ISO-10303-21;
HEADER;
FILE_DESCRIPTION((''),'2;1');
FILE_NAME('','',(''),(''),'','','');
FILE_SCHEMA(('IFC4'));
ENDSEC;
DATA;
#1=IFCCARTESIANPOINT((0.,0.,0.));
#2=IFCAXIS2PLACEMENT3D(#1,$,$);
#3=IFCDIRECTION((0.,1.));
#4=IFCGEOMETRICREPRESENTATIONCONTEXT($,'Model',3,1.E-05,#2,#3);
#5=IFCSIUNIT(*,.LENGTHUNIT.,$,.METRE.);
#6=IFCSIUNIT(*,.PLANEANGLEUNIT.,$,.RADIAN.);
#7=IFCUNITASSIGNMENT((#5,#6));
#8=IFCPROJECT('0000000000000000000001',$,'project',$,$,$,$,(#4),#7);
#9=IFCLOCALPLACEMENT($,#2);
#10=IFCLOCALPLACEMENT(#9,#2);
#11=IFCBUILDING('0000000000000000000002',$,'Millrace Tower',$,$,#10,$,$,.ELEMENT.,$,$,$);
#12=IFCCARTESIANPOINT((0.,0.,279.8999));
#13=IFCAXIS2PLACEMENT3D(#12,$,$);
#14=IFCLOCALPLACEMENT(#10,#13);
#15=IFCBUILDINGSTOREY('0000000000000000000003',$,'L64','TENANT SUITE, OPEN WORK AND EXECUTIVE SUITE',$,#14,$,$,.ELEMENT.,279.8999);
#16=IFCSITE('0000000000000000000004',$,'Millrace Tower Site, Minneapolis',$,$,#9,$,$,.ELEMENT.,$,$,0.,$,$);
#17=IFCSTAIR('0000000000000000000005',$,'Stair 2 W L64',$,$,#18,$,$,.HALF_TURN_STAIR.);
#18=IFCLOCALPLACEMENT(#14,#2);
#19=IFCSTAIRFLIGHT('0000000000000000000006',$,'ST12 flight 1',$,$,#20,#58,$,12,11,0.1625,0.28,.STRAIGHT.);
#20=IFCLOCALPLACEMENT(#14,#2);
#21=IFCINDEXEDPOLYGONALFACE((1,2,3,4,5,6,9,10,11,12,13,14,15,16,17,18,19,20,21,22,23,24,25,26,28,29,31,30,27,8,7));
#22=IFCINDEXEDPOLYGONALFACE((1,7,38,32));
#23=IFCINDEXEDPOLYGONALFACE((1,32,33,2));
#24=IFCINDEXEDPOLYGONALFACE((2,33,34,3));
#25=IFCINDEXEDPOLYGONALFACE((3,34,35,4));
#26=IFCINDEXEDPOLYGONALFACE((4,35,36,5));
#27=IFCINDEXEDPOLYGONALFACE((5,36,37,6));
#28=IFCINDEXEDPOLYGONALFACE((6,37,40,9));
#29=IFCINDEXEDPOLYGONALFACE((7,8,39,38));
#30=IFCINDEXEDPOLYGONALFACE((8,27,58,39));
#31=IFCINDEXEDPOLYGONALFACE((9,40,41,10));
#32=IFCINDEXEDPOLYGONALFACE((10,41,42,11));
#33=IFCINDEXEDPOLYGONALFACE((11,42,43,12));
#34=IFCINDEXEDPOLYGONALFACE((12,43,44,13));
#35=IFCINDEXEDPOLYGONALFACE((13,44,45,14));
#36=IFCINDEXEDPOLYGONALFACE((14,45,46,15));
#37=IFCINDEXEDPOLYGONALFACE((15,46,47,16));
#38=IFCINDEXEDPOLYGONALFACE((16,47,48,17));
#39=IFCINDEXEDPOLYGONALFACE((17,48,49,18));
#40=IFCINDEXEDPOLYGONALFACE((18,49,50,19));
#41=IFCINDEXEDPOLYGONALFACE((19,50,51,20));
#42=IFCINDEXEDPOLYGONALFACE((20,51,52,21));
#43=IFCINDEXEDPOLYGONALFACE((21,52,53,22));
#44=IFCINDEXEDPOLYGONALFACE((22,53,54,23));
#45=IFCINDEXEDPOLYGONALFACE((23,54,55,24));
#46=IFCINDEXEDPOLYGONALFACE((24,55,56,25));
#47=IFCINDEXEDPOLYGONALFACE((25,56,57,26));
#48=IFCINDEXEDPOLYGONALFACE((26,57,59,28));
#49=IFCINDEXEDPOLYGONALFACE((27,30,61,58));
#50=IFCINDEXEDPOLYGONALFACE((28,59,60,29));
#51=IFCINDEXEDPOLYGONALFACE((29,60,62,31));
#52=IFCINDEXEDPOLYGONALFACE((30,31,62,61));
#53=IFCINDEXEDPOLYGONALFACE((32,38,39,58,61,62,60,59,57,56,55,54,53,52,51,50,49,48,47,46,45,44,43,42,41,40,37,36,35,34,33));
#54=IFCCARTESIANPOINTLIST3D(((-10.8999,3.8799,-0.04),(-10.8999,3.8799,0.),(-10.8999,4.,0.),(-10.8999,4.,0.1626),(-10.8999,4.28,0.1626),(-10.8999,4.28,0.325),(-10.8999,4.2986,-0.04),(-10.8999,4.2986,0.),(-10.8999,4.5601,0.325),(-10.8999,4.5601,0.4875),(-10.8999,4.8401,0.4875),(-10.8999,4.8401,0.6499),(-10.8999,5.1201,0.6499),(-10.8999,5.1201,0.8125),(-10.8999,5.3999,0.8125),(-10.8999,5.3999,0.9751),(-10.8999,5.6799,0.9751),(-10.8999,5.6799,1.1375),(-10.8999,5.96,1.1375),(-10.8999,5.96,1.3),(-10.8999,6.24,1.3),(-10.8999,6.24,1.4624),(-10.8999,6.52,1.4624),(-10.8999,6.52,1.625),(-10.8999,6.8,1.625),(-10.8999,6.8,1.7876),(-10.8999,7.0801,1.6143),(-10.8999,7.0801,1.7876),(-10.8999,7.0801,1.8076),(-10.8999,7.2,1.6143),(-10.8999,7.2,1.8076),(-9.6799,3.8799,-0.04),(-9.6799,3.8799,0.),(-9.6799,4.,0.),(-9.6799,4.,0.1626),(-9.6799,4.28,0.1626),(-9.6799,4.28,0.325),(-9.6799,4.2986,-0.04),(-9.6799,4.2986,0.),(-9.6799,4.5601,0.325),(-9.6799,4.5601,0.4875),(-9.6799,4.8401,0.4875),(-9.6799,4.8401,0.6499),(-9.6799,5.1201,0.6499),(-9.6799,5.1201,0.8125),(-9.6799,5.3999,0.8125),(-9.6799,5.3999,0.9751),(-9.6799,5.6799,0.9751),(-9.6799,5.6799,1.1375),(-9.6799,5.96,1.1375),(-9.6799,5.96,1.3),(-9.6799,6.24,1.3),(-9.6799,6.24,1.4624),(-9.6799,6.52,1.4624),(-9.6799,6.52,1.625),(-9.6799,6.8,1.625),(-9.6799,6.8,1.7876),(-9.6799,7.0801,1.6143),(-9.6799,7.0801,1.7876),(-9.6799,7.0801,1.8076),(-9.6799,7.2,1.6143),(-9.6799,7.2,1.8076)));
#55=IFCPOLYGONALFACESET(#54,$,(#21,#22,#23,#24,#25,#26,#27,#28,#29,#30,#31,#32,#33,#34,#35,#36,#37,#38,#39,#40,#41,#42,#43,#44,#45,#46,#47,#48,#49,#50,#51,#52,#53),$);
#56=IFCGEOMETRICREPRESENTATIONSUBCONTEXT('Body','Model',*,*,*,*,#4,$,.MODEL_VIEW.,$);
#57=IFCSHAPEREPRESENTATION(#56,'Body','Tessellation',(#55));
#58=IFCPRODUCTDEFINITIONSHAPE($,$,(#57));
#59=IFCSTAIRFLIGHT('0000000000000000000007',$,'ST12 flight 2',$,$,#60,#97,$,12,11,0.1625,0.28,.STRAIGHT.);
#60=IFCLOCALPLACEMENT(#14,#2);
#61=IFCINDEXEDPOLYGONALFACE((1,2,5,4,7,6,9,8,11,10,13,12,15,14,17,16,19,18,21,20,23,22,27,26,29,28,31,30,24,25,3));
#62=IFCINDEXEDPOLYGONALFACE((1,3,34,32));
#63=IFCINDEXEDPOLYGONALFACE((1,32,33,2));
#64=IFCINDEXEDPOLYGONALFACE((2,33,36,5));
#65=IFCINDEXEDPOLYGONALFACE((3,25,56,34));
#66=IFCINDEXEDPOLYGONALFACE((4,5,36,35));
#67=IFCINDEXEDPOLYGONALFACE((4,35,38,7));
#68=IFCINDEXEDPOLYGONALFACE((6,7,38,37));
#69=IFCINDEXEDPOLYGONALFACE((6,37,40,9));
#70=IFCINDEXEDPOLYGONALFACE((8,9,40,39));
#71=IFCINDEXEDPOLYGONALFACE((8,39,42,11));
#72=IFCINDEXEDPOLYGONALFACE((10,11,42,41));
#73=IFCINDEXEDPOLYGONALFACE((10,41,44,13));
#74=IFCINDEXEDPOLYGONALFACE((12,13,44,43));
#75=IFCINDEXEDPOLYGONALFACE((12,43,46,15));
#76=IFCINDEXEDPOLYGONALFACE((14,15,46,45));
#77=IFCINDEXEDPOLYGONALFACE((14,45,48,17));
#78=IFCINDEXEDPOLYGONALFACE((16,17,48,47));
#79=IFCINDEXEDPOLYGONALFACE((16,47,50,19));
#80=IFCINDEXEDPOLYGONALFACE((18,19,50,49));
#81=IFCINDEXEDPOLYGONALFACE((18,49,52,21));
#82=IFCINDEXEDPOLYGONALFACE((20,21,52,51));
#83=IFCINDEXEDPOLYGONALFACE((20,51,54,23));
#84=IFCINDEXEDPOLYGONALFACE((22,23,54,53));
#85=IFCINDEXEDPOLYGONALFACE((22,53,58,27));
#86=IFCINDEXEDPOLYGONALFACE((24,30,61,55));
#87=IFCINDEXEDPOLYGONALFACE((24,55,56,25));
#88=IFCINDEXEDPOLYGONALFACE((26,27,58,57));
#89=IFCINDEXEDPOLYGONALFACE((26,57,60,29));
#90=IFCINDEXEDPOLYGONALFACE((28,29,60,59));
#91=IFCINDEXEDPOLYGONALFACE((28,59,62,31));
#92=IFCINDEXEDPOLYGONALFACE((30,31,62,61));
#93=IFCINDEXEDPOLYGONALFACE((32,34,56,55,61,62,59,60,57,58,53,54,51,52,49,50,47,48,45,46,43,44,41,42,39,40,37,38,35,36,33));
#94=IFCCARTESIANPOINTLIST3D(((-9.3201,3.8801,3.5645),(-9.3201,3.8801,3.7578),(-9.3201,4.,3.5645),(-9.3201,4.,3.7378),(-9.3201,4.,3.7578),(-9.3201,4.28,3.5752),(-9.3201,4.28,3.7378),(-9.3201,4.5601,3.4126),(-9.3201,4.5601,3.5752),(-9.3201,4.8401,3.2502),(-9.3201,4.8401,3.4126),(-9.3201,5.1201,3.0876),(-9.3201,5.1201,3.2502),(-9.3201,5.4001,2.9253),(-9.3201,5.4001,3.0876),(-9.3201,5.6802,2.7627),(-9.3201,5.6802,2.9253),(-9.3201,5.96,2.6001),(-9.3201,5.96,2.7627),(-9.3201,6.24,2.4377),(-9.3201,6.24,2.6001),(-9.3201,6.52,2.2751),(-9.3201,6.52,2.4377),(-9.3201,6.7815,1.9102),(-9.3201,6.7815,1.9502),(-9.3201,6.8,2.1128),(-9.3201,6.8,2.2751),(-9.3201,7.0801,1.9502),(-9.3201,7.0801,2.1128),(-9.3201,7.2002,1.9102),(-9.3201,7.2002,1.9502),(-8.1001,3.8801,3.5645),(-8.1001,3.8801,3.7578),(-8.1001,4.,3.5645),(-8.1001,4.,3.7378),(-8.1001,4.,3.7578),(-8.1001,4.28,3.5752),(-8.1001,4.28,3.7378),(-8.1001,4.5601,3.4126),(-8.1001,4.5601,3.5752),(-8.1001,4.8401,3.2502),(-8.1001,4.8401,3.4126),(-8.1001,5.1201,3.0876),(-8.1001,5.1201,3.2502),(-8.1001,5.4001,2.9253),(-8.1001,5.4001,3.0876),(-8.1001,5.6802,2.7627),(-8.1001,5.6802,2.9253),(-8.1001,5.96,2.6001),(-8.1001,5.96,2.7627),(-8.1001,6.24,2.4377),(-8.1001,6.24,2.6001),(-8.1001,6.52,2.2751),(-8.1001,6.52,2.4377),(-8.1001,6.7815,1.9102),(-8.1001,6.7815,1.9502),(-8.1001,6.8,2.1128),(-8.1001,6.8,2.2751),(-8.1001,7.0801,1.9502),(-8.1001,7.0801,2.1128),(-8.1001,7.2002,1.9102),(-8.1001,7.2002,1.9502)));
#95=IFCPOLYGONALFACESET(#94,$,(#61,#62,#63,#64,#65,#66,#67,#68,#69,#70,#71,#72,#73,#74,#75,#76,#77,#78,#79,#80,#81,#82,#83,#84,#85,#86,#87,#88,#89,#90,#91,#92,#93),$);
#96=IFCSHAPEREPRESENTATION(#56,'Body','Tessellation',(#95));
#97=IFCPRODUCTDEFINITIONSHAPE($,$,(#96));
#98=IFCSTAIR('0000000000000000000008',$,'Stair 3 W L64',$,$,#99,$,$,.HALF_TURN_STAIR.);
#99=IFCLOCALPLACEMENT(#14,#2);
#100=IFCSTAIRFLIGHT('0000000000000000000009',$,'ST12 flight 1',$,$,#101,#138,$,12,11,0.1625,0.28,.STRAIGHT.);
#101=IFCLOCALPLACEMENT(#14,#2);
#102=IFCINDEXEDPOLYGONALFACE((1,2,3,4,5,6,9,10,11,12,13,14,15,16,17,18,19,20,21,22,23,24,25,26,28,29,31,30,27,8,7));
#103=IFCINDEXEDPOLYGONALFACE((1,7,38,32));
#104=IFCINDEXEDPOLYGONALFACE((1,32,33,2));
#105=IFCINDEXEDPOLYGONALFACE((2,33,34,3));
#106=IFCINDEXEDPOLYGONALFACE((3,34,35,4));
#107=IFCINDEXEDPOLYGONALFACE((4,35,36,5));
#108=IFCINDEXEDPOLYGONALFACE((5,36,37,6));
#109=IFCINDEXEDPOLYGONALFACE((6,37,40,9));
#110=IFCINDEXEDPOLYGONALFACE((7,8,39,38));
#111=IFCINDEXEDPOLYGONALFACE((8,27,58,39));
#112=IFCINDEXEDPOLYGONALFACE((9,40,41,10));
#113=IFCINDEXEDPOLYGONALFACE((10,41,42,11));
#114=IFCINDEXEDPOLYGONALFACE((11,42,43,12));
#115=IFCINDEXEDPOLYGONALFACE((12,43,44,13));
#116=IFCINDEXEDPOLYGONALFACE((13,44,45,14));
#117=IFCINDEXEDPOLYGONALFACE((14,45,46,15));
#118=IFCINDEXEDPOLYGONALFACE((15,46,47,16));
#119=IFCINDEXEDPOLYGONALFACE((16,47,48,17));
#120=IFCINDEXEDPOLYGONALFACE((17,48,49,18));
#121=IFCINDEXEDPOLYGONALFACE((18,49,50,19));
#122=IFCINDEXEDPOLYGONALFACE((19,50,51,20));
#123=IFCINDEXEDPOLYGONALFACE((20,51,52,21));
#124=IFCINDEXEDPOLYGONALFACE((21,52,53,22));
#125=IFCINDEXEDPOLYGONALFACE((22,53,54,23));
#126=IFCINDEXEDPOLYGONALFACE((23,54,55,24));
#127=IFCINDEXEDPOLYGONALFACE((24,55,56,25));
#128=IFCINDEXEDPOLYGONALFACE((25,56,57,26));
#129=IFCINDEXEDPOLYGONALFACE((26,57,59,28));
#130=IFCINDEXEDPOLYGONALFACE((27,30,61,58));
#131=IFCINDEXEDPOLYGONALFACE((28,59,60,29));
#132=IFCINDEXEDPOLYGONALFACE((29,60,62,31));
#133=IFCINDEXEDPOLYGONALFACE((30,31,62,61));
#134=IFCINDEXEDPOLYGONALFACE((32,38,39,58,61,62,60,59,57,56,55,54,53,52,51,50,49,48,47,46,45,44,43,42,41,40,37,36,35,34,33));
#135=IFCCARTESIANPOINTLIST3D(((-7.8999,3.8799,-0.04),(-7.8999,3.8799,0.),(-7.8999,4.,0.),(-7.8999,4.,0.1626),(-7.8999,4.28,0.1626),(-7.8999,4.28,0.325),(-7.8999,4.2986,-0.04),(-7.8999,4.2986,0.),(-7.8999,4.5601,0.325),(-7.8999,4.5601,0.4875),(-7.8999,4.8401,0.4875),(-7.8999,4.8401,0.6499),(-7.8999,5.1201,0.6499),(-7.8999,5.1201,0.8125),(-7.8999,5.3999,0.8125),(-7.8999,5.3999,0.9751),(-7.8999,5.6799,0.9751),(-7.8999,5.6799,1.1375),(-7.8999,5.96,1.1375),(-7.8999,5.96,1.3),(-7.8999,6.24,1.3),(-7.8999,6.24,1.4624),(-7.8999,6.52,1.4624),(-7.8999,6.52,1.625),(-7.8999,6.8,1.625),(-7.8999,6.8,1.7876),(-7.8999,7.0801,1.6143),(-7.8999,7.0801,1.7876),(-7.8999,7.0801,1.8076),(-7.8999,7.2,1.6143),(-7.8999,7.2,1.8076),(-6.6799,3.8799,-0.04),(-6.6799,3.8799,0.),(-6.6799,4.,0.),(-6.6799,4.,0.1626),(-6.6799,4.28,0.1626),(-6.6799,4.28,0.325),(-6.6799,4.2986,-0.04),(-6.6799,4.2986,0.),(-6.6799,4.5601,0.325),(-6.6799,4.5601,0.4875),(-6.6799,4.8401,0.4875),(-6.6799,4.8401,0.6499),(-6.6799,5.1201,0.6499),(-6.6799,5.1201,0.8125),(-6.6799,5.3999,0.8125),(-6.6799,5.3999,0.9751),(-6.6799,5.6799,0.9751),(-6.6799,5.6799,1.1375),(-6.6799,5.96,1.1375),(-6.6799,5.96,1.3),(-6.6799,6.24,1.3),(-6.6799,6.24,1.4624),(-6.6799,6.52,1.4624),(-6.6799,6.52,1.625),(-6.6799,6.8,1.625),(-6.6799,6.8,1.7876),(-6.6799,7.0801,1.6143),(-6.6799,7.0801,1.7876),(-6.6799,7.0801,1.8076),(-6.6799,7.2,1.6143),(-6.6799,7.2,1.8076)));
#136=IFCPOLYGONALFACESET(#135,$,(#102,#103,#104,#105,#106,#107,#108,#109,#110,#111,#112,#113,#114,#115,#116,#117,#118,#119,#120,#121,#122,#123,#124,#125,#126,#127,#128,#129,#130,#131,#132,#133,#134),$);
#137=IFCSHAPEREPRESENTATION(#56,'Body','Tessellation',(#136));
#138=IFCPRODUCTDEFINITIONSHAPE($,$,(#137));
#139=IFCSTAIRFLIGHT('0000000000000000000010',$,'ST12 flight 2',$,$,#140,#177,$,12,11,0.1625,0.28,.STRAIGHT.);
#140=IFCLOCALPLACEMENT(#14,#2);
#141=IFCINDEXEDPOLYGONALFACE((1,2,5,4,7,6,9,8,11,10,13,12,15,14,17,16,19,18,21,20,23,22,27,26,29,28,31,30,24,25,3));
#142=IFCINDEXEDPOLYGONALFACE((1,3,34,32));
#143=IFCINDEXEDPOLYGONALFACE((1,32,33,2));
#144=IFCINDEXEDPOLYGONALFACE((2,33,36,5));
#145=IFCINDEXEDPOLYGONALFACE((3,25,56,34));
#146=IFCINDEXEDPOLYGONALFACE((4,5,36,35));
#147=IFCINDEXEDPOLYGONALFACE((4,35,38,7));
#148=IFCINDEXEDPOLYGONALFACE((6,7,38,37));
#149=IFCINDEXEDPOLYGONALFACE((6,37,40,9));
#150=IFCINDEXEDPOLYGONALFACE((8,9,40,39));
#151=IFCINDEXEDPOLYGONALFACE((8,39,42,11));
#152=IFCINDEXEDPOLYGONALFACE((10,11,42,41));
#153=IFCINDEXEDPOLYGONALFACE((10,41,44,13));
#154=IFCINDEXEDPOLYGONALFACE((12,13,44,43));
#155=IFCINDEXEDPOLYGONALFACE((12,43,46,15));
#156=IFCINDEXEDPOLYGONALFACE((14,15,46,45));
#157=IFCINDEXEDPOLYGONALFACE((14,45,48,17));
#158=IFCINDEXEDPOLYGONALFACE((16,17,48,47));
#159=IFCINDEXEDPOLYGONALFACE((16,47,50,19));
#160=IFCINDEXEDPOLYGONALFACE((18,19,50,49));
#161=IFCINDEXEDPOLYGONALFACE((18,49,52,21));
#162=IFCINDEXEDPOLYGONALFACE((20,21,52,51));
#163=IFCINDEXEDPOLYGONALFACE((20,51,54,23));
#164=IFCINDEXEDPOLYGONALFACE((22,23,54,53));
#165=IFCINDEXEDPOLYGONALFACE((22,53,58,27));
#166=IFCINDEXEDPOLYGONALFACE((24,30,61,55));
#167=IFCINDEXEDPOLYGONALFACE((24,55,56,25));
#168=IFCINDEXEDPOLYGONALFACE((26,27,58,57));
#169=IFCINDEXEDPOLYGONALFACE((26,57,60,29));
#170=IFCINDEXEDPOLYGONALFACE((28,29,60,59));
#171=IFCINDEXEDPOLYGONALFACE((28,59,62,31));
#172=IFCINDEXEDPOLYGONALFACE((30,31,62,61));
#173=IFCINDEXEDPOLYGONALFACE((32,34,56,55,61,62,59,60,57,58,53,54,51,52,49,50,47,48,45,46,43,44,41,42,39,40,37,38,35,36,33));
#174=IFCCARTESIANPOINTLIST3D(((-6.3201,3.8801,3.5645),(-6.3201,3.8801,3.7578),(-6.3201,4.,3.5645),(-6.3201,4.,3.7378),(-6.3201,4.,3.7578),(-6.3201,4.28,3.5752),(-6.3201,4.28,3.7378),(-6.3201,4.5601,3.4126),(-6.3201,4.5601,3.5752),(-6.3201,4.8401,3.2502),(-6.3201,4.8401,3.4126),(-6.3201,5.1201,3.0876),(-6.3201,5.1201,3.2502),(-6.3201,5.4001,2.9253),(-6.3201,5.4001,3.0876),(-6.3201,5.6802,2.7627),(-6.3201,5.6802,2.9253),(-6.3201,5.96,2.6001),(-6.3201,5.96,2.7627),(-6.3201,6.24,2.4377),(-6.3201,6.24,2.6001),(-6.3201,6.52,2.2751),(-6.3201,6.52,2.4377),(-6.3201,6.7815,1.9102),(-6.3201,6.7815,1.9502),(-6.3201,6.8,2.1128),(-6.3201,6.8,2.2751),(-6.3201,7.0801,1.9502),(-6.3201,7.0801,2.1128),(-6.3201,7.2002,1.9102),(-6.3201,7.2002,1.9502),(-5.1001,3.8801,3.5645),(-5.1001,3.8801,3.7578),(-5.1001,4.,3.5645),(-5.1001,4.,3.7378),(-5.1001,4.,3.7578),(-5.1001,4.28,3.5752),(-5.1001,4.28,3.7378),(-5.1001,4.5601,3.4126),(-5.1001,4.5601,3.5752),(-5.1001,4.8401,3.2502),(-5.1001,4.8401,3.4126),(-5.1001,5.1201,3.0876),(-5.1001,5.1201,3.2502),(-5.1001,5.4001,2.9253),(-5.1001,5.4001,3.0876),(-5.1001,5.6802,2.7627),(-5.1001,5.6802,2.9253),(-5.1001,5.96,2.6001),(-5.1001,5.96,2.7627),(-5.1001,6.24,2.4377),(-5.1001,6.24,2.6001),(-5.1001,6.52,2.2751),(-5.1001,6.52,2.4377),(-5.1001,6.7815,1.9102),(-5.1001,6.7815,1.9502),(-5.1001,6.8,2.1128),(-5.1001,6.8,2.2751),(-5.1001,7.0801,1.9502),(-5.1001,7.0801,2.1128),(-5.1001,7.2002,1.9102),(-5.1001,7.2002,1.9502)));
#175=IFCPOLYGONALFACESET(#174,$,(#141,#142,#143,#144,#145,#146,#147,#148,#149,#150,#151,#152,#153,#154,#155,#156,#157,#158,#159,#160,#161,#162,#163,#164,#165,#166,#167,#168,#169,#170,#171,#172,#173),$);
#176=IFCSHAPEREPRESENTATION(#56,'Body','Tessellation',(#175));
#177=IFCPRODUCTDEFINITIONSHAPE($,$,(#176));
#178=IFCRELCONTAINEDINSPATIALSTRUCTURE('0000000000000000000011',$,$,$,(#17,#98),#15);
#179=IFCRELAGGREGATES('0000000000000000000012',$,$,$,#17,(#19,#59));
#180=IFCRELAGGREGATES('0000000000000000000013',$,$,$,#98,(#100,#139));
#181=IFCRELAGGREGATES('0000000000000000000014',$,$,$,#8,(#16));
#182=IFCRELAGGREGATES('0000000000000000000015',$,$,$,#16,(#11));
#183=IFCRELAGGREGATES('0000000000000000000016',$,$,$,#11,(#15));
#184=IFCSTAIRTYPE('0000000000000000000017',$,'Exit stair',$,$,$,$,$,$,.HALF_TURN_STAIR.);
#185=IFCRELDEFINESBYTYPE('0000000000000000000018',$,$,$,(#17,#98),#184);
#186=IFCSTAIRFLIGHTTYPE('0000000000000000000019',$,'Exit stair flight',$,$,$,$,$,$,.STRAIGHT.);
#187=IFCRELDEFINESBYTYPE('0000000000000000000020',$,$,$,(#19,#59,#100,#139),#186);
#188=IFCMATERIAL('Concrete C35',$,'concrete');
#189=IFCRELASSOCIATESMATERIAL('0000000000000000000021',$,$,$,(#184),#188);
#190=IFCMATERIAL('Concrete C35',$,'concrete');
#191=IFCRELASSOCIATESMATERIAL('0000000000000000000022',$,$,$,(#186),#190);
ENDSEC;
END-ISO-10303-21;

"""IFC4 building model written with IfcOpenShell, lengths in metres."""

from ifc_helpers import new_model, si_unit, direction, frame, origin, place, context, subcontext, project, spatial, polyline, outline, extrude, material, type_object, element, aggregate, save


model = new_model("IFC4")

# Units and contexts
model_context = context("Model", 3, precision=1e-05, world=origin(), true_north=direction((0.0, 1.0)))
body_context = subcontext(model_context, "Body", "Model", "MODEL_VIEW")
ifc_project = project(units=[si_unit("LENGTHUNIT", "METRE"), si_unit("PLANEANGLEUNIT", "RADIAN")], contexts=[model_context])

# Site, building, storey
site_placement = place(None, origin())
site = spatial("IfcSite", under=ifc_project, at=site_placement, Name="Millrace Tower Site, Minneapolis", CompositionType="ELEMENT", RefElevation=0.0)
building_placement = place(site_placement, origin())
building = spatial("IfcBuilding", under=site, at=building_placement, Name="Millrace Tower", CompositionType="ELEMENT")
storey_placement = place(building_placement, frame((0.0, 0.0, 279.8999)))
storey = spatial("IfcBuildingStorey", under=building, at=storey_placement, Name="L64", Description="TENANT SUITE, OPEN WORK AND EXECUTIVE SUITE", CompositionType="ELEMENT", Elevation=279.8999)

# Shared definitions
ifc_material_1 = material(Name="Concrete C35", Category="concrete")
stair_type = type_object("IfcStairType", Name="Exit stair", PredefinedType="HALF_TURN_STAIR", material=ifc_material_1)
placement = place(storey_placement, origin())
ifc_material_2 = material(Name="Concrete C35", Category="concrete")
stair_flight_type = type_object("IfcStairFlightType", Name="Exit stair flight", PredefinedType="STRAIGHT", material=ifc_material_2)

# Stairs, stair flights
stair_1 = element("IfcStair", 1, at=placement, inside=storey, type_object=stair_type, Name="Stair 2 W L64", PredefinedType="HALF_TURN_STAIR")
stair_flight_1_placement = place(storey_placement, frame((-10.29, 4.0, 0.0), z_axis=(0.0, 0.0, 1.0), x_axis=(0.0, 1.0, 0.0)))
stair_flight_1 = element("IfcStairFlight", 2, at=stair_flight_1_placement, type_object=stair_flight_type, Name="ST12 flight 1", NumberOfRisers=12, NumberOfTreads=11, PredefinedType="STRAIGHT", RiserHeight=0.1625, TreadLength=0.28, context=body_context, shape_type="SweptSolid", body=[
    extrude(outline(polyline([(-0.1201, -0.04), (-0.1201, 0.0), (0.0, 0.0), (0.0, 0.1626), (0.28, 0.1626), (0.28, 0.325), (0.5601, 0.325), (0.5601, 0.4875), (0.8401, 0.4875), (0.8401, 0.6499), (1.1201, 0.6499), (1.1201, 0.8125), (1.3999, 0.8125), (1.3999, 0.9751), (1.6799, 0.9751), (1.6799, 1.1375), (1.96, 1.1375), (1.96, 1.3), (2.24, 1.3), (2.24, 1.4624), (2.52, 1.4624), (2.52, 1.625), (2.8, 1.625), (2.8, 1.7876), (3.0801, 1.7876), (3.0801, 1.8076), (3.2, 1.8076), (3.2, 1.6143), (3.0801, 1.6143), (0.2986, 0.0), (0.2986, -0.04), (-0.1201, -0.04)])), frame((0.0, 0.6099, 0.0), z_axis=(0.0, -1.0, 0.0), x_axis=(1.0, 0.0, 0.0)), (0.0, 0.0, 1.0), 1.22),
])
stair_flight_2_placement = place(storey_placement, frame((-8.71, 7.0801, 1.9502), z_axis=(0.0, 0.0, 1.0), x_axis=(0.0, -1.0, 0.0)))
stair_flight_2 = element("IfcStairFlight", 3, at=stair_flight_2_placement, type_object=stair_flight_type, Name="ST12 flight 2", NumberOfRisers=12, NumberOfTreads=11, PredefinedType="STRAIGHT", RiserHeight=0.1625, TreadLength=0.28, context=body_context, shape_type="SweptSolid", body=[
    extrude(outline(polyline([(-0.1201, -0.04), (-0.1201, 0.0), (0.0, 0.0), (0.0, 0.1626), (0.28, 0.1626), (0.28, 0.325), (0.5601, 0.325), (0.5601, 0.4875), (0.8401, 0.4875), (0.8401, 0.6499), (1.1201, 0.6499), (1.1201, 0.8125), (1.3999, 0.8125), (1.3999, 0.9751), (1.6799, 0.9751), (1.6799, 1.1375), (1.96, 1.1375), (1.96, 1.3), (2.24, 1.3), (2.24, 1.4624), (2.52, 1.4624), (2.52, 1.625), (2.8, 1.625), (2.8, 1.7876), (3.0801, 1.7876), (3.0801, 1.8076), (3.2, 1.8076), (3.2, 1.6143), (3.0801, 1.6143), (0.2986, 0.0), (0.2986, -0.04), (-0.1201, -0.04)])), frame((0.0, 0.6099, 0.0), z_axis=(0.0, -1.0, 0.0), x_axis=(1.0, 0.0, 0.0)), (0.0, 0.0, 1.0), 1.22),
])
aggregate(stair_1, [stair_flight_1, stair_flight_2])
stair_2 = element("IfcStair", 4, at=placement, inside=storey, type_object=stair_type, Name="Stair 3 W L64", PredefinedType="HALF_TURN_STAIR")
stair_flight_3_placement = place(storey_placement, frame((-7.29, 4.0, 0.0), z_axis=(0.0, 0.0, 1.0), x_axis=(0.0, 1.0, 0.0)))
stair_flight_3 = element("IfcStairFlight", 5, at=stair_flight_3_placement, type_object=stair_flight_type, Name="ST12 flight 1", NumberOfRisers=12, NumberOfTreads=11, PredefinedType="STRAIGHT", RiserHeight=0.1625, TreadLength=0.28, context=body_context, shape_type="SweptSolid", body=[
    extrude(outline(polyline([(-0.1201, -0.04), (-0.1201, 0.0), (0.0, 0.0), (0.0, 0.1626), (0.28, 0.1626), (0.28, 0.325), (0.5601, 0.325), (0.5601, 0.4875), (0.8401, 0.4875), (0.8401, 0.6499), (1.1201, 0.6499), (1.1201, 0.8125), (1.3999, 0.8125), (1.3999, 0.9751), (1.6799, 0.9751), (1.6799, 1.1375), (1.96, 1.1375), (1.96, 1.3), (2.24, 1.3), (2.24, 1.4624), (2.52, 1.4624), (2.52, 1.625), (2.8, 1.625), (2.8, 1.7876), (3.0801, 1.7876), (3.0801, 1.8076), (3.2, 1.8076), (3.2, 1.6143), (3.0801, 1.6143), (0.2986, 0.0), (0.2986, -0.04), (-0.1201, -0.04)])), frame((0.0, 0.6099, 0.0), z_axis=(0.0, -1.0, 0.0), x_axis=(1.0, 0.0, 0.0)), (0.0, 0.0, 1.0), 1.22),
])
stair_flight_4_placement = place(storey_placement, frame((-5.71, 7.0801, 1.9502), z_axis=(0.0, 0.0, 1.0), x_axis=(0.0, -1.0, 0.0)))
stair_flight_4 = element("IfcStairFlight", 6, at=stair_flight_4_placement, type_object=stair_flight_type, Name="ST12 flight 2", NumberOfRisers=12, NumberOfTreads=11, PredefinedType="STRAIGHT", RiserHeight=0.1625, TreadLength=0.28, context=body_context, shape_type="SweptSolid", body=[
    extrude(outline(polyline([(-0.1201, -0.04), (-0.1201, 0.0), (0.0, 0.0), (0.0, 0.1626), (0.28, 0.1626), (0.28, 0.325), (0.5601, 0.325), (0.5601, 0.4875), (0.8401, 0.4875), (0.8401, 0.6499), (1.1201, 0.6499), (1.1201, 0.8125), (1.3999, 0.8125), (1.3999, 0.9751), (1.6799, 0.9751), (1.6799, 1.1375), (1.96, 1.1375), (1.96, 1.3), (2.24, 1.3), (2.24, 1.4624), (2.52, 1.4624), (2.52, 1.625), (2.8, 1.625), (2.8, 1.7876), (3.0801, 1.7876), (3.0801, 1.8076), (3.2, 1.8076), (3.2, 1.6143), (3.0801, 1.6143), (0.2986, 0.0), (0.2986, -0.04), (-0.1201, -0.04)])), frame((0.0, 0.6099, 0.0), z_axis=(0.0, -1.0, 0.0), x_axis=(1.0, 0.0, 0.0)), (0.0, 0.0, 1.0), 1.22),
])
aggregate(stair_2, [stair_flight_3, stair_flight_4])

save(model, "model.ifc")
